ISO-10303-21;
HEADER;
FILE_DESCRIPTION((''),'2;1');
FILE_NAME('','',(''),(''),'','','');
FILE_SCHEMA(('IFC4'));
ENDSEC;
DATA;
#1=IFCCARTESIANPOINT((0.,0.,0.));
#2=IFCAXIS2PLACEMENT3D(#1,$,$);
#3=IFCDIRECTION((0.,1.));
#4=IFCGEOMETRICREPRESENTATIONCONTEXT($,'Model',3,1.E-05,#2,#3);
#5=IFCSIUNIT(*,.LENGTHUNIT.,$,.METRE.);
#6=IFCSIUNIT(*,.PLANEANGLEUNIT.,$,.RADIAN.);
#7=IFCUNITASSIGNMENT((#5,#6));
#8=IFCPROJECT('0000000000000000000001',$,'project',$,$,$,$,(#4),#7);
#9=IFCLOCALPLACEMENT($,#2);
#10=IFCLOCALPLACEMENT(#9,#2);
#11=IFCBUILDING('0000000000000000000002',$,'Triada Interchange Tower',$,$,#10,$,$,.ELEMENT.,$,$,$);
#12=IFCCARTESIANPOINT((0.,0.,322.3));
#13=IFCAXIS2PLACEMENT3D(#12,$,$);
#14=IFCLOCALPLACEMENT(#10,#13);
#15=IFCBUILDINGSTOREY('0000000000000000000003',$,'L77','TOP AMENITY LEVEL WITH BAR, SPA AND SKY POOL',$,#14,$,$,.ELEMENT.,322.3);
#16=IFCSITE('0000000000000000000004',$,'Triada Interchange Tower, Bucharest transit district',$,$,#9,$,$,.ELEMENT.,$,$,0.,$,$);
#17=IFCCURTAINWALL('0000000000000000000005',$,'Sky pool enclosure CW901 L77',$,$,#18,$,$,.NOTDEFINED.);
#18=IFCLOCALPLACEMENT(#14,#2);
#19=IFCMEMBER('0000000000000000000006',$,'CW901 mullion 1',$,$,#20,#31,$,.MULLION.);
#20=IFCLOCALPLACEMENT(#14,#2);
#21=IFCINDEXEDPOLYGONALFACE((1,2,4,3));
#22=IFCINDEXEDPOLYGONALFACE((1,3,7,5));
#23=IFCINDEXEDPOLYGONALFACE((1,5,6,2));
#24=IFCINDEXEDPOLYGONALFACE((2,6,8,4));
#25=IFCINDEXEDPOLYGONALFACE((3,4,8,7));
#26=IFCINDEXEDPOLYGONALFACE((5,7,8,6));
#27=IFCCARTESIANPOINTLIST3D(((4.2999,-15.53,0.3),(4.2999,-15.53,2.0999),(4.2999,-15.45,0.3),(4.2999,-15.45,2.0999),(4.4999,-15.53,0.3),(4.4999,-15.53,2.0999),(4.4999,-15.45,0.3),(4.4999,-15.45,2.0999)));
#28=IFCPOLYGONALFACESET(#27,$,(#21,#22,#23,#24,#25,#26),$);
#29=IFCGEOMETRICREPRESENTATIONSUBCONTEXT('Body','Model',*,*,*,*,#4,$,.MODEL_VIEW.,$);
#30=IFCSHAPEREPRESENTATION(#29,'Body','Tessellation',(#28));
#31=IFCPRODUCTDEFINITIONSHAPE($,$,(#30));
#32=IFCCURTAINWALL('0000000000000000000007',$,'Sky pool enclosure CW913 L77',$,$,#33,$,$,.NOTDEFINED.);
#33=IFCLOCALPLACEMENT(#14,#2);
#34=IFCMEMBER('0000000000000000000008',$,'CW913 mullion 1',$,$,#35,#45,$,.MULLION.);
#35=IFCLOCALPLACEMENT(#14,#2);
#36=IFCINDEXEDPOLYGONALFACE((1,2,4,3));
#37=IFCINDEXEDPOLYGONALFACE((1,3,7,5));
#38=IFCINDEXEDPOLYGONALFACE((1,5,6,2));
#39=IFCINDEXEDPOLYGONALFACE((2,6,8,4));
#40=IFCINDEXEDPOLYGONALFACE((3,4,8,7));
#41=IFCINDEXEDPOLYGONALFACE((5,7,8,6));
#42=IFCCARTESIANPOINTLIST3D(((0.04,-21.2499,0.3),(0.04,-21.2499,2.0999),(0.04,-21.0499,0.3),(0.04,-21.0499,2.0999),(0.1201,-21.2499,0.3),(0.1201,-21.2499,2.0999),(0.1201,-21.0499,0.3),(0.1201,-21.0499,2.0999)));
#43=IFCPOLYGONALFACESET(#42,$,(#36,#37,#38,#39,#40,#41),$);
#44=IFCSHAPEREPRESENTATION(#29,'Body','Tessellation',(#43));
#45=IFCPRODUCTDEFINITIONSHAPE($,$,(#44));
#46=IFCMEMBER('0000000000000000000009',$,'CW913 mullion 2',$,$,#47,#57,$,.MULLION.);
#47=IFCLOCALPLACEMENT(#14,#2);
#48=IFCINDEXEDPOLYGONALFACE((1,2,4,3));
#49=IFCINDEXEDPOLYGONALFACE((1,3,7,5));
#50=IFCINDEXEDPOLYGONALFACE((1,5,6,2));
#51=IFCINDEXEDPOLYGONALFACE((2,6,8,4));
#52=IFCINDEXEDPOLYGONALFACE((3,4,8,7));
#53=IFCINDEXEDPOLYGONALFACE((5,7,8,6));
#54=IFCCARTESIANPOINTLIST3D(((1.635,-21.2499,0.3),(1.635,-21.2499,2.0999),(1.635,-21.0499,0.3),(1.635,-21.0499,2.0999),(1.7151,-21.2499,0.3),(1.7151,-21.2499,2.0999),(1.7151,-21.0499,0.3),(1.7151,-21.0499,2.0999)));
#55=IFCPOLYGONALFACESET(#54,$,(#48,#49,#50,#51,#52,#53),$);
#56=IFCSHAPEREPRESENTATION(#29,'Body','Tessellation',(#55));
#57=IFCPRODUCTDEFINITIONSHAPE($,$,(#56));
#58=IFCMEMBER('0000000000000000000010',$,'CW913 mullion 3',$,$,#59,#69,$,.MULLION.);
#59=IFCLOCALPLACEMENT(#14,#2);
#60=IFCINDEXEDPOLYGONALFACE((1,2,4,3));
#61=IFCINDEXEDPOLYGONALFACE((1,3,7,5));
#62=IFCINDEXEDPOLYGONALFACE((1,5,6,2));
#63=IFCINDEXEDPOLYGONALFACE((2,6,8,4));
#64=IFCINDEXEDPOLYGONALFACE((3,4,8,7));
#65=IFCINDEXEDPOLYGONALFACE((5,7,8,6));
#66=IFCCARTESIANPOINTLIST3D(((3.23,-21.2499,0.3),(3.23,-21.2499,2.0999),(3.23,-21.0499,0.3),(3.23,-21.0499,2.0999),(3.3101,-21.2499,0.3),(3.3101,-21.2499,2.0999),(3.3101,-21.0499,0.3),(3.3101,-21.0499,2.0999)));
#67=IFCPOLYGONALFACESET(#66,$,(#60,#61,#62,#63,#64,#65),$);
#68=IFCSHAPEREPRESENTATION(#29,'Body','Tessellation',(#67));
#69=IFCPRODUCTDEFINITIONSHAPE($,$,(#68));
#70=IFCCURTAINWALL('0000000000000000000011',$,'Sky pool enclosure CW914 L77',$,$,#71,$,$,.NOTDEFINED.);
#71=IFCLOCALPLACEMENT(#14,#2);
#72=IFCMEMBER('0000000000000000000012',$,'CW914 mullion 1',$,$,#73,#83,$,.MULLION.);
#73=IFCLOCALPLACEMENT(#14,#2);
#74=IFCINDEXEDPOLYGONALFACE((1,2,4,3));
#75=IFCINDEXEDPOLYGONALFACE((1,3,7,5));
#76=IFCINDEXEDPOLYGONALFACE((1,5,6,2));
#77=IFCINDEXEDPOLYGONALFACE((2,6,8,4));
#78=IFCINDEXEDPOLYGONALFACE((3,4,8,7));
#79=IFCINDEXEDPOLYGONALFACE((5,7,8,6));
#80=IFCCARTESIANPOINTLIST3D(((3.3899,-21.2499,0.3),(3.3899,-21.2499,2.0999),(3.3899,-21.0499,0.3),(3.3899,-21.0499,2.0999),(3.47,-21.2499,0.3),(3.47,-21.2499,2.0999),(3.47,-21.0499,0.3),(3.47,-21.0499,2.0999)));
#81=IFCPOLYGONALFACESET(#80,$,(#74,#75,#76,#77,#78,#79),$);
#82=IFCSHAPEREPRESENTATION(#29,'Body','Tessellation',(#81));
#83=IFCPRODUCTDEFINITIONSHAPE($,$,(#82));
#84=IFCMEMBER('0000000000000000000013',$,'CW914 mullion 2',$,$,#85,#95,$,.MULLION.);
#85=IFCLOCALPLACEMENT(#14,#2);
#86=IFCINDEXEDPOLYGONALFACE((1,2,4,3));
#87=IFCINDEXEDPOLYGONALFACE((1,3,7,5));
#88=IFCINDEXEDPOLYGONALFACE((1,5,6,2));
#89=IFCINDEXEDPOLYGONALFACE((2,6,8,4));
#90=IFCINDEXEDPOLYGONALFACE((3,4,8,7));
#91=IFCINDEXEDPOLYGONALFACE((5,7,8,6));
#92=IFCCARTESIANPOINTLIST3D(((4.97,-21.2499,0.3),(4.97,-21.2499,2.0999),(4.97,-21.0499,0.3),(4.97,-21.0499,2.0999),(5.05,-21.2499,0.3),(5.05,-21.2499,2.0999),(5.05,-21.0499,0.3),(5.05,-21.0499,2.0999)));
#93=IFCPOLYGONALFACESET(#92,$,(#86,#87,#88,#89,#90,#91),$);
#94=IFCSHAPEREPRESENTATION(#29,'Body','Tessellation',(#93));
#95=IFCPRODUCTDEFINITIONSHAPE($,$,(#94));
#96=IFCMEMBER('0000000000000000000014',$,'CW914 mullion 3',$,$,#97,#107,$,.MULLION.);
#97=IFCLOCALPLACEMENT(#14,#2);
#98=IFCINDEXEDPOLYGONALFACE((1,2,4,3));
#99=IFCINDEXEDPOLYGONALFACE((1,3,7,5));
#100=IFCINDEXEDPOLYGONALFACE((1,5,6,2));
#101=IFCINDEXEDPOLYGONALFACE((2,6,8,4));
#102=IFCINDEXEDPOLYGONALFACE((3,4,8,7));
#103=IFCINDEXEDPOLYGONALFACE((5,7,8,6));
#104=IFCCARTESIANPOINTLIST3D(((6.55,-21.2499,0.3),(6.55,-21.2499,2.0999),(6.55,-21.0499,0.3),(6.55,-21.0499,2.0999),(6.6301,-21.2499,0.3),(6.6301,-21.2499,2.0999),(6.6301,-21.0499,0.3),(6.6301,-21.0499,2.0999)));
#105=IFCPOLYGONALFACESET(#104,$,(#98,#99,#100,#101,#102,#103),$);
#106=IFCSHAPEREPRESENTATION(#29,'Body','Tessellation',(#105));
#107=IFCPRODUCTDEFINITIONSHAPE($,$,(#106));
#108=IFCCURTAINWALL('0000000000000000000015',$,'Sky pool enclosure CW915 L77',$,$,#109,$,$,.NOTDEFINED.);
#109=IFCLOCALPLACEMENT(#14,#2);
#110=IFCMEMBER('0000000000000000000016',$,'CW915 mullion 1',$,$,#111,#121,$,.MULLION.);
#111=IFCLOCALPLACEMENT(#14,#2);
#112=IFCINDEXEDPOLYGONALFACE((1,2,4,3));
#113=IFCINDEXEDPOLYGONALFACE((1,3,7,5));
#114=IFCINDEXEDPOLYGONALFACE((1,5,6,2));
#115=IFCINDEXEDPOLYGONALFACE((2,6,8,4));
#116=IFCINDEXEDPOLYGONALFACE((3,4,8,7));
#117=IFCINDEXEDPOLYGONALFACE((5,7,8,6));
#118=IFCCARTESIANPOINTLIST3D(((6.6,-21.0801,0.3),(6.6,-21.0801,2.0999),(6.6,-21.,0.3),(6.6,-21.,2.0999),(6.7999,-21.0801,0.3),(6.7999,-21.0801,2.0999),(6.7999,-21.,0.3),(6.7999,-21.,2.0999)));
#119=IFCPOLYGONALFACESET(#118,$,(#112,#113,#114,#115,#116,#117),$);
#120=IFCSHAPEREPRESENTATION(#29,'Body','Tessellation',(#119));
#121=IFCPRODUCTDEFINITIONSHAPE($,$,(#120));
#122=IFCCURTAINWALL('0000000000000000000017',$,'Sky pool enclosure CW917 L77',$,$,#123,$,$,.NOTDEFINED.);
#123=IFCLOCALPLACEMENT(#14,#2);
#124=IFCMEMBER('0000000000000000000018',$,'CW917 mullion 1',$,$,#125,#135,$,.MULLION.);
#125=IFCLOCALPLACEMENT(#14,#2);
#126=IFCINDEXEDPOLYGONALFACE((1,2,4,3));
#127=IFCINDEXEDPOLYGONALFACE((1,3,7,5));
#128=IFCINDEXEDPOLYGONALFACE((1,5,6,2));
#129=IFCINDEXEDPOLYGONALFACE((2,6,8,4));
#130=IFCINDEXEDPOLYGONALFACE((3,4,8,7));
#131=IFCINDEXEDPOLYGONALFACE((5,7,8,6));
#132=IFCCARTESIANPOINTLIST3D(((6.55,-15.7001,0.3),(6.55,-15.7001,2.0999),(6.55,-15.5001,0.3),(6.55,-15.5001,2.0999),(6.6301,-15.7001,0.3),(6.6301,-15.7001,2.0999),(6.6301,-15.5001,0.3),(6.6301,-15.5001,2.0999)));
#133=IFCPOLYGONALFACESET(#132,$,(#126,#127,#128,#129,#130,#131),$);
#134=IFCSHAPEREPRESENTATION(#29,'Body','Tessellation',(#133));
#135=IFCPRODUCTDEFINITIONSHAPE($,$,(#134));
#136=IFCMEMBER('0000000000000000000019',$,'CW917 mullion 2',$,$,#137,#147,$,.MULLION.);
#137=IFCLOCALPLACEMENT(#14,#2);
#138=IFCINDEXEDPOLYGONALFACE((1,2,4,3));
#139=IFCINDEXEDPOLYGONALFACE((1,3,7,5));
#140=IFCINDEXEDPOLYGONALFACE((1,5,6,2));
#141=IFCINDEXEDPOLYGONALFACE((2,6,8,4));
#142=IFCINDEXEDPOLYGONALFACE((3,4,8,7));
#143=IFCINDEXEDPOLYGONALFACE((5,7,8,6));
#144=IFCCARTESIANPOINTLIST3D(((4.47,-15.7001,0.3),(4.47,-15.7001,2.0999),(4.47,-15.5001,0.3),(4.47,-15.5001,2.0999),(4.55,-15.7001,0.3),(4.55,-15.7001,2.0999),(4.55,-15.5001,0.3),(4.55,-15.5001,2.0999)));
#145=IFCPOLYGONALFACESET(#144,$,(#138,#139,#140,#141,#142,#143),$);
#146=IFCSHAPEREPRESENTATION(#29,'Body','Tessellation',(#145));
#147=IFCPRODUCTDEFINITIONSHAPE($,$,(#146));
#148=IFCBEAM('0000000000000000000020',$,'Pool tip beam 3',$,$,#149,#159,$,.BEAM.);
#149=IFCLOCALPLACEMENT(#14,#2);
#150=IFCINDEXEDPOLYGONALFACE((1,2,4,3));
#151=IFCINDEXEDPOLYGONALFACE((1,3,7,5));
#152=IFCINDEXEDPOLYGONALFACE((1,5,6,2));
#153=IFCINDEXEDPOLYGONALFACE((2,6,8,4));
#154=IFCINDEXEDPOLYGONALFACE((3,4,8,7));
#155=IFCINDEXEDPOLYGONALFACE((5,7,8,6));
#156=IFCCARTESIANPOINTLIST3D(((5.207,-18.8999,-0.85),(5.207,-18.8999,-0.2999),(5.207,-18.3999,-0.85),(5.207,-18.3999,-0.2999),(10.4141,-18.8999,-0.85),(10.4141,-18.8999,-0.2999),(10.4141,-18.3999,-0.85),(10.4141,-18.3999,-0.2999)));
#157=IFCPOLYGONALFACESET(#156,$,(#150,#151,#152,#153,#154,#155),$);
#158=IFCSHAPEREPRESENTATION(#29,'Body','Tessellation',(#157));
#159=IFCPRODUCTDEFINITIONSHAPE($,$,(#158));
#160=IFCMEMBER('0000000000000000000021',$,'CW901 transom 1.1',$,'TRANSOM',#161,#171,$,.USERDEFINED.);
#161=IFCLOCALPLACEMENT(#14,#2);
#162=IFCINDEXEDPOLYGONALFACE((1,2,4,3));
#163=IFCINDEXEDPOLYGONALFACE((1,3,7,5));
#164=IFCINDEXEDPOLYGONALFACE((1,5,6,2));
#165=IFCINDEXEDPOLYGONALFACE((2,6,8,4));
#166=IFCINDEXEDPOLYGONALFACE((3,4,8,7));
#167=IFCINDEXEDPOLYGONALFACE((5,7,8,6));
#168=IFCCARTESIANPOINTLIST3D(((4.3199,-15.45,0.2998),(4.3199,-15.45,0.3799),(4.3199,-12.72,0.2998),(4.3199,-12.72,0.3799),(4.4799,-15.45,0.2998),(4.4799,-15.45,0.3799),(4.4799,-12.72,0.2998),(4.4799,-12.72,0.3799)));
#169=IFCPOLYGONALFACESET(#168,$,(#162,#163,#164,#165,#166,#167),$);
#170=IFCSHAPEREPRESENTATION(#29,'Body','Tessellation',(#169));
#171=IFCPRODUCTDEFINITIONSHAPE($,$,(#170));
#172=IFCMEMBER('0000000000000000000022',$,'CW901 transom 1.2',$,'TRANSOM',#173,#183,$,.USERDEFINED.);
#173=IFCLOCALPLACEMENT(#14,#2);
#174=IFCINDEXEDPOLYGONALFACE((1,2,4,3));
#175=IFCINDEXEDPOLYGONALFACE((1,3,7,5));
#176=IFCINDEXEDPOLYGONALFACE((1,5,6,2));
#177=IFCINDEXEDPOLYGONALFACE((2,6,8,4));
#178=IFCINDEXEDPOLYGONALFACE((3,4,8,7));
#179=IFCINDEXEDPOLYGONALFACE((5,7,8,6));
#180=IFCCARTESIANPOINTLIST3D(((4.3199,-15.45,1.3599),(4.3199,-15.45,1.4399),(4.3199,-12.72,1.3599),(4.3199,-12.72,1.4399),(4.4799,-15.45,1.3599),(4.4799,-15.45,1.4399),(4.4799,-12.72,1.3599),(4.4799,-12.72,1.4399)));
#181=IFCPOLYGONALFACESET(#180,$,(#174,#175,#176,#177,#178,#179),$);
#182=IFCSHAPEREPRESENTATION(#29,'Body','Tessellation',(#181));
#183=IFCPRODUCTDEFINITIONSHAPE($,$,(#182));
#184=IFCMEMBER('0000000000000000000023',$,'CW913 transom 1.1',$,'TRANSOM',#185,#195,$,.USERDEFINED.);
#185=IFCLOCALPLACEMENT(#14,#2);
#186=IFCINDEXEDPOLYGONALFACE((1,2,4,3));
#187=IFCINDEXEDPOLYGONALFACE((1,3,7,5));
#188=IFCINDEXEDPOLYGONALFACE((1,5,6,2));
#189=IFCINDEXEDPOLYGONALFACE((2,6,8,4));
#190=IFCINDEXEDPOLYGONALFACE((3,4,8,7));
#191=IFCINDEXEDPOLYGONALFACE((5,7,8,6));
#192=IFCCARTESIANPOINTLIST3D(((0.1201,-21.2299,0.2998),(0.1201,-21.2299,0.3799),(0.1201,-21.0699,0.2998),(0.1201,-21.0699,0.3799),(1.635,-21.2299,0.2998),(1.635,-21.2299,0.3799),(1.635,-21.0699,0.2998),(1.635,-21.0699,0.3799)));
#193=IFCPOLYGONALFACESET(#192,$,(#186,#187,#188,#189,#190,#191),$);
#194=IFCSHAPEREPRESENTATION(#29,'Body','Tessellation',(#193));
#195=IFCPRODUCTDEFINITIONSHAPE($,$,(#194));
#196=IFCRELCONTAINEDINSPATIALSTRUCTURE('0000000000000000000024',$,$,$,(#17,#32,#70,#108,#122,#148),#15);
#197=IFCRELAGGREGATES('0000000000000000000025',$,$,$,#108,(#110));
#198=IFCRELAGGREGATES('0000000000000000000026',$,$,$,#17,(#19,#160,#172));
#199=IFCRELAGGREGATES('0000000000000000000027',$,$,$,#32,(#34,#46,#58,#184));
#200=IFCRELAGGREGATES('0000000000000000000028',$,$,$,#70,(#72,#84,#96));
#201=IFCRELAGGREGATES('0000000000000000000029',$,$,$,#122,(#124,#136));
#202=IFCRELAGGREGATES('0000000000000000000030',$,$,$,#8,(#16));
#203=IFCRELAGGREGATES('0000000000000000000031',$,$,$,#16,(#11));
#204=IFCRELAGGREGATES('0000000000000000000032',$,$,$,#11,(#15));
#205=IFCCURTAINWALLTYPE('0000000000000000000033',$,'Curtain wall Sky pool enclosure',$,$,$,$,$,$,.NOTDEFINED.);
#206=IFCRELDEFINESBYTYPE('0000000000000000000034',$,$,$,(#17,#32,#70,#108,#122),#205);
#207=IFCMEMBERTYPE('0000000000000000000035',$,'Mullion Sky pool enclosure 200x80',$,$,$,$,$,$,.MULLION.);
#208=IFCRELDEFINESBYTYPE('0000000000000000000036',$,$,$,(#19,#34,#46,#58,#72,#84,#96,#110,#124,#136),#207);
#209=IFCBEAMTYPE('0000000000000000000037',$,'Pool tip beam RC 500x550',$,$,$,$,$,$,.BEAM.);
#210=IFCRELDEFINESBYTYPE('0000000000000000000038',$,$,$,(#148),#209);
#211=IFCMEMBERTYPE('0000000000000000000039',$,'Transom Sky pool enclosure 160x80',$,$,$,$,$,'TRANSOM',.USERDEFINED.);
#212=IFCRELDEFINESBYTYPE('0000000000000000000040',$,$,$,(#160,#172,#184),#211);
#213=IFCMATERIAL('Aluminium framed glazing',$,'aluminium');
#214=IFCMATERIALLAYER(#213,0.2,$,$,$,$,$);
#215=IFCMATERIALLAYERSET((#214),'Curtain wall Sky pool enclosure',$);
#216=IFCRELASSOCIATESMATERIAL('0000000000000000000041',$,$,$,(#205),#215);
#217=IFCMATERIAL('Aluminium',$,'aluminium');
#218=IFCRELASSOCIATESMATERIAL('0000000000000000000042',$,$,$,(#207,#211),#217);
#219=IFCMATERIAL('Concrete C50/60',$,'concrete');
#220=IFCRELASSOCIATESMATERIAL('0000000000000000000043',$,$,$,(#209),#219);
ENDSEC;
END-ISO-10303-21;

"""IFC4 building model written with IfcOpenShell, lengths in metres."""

from ifc_helpers import new_model, si_unit, direction, frame, origin, origin_2d, place, context, subcontext, project, spatial, rectangle, extrude, material, layer, layer_set, material_profile, profile_set, type_object, element, aggregate, save


model = new_model("IFC4")

# Units and contexts
model_context = context("Model", 3, precision=1e-05, world=origin(), true_north=direction((0.0, 1.0)))
body_context = subcontext(model_context, "Body", "Model", "MODEL_VIEW")
ifc_project = project(units=[si_unit("LENGTHUNIT", "METRE"), si_unit("PLANEANGLEUNIT", "RADIAN")], contexts=[model_context])

# Site, building, storey
site_placement = place(None, origin())
site = spatial("IfcSite", under=ifc_project, at=site_placement, Name="Triada Interchange Tower, Bucharest transit district", CompositionType="ELEMENT", RefElevation=0.0)
building_placement = place(site_placement, origin())
building = spatial("IfcBuilding", under=site, at=building_placement, Name="Triada Interchange Tower", CompositionType="ELEMENT")
storey_placement = place(building_placement, frame((0.0, 0.0, 322.3)))
storey = spatial("IfcBuildingStorey", under=building, at=storey_placement, Name="L77", Description="TOP AMENITY LEVEL WITH BAR, SPA AND SKY POOL", CompositionType="ELEMENT", Elevation=322.3)

# Curtain wall, member
ifc_material_1 = material(Name="Aluminium framed glazing", Category="aluminium")
ifc_layer_1 = layer(ifc_material_1, 0.2)
ifc_layer_set_1 = layer_set([ifc_layer_1], Name="Curtain wall Sky pool enclosure")
curtain_wall_type = type_object("IfcCurtainWallType", Name="Curtain wall Sky pool enclosure", PredefinedType="NOTDEFINED", material=ifc_layer_set_1)
curtain_wall_1_placement = place(storey_placement, origin())
curtain_wall_1 = element("IfcCurtainWall", 1, at=curtain_wall_1_placement, inside=storey, type_object=curtain_wall_type, Name="Sky pool enclosure CW901 L77", PredefinedType="NOTDEFINED")
ifc_material_2 = material(Name="Aluminium", Category="aluminium")
ifc_material_profile_1 = material_profile(ifc_material_2, rectangle(XDim=0.2, YDim=0.0801, at=origin_2d()), Name="Aluminium mullion")
ifc_profile_set_1 = profile_set([ifc_material_profile_1], Name="Aluminium")
member_type_1 = type_object("IfcMemberType", Name="Mullion Sky pool enclosure 200x80", PredefinedType="MULLION", material=ifc_profile_set_1)
member_1_placement = place(storey_placement, frame((4.3999, -15.49, 0.3), z_axis=(0.0, 0.0, 1.0), x_axis=(-1.0, 0.0, 0.0)))
member_1 = element("IfcMember", 2, at=member_1_placement, type_object=member_type_1, Name="CW901 mullion 1", PredefinedType="MULLION", context=body_context, shape_type="SweptSolid", body=[
    extrude(rectangle(XDim=0.2, YDim=0.0801, at=origin_2d()), origin(), (0.0, 0.0, 1.0), 1.7998),
])

# Curtain walls, members
curtain_wall_2_placement = place(storey_placement, origin())
curtain_wall_2 = element("IfcCurtainWall", 3, at=curtain_wall_2_placement, inside=storey, type_object=curtain_wall_type, Name="Sky pool enclosure CW913 L77", PredefinedType="NOTDEFINED")
member_2_placement = place(storey_placement, frame((0.0801, -21.1499, 0.3), z_axis=(0.0, 0.0, 1.0), x_axis=(0.0, 1.0, 0.0)))
member_2 = element("IfcMember", 4, at=member_2_placement, type_object=member_type_1, Name="CW913 mullion 1", PredefinedType="MULLION", context=body_context, shape_type="SweptSolid", body=[
    extrude(rectangle(XDim=0.2, YDim=0.0801, at=origin_2d()), origin(), (0.0, 0.0, 1.0), 1.7998),
])
member_3_placement = place(storey_placement, frame((1.675, -21.1499, 0.3), z_axis=(0.0, 0.0, 1.0), x_axis=(0.0, 1.0, 0.0)))
member_3 = element("IfcMember", 5, at=member_3_placement, type_object=member_type_1, Name="CW913 mullion 2", PredefinedType="MULLION", context=body_context, shape_type="SweptSolid", body=[
    extrude(rectangle(XDim=0.2, YDim=0.0801, at=origin_2d()), origin(), (0.0, 0.0, 1.0), 1.7998),
])
member_4_placement = place(storey_placement, frame((3.27, -21.1499, 0.3), z_axis=(0.0, 0.0, 1.0), x_axis=(0.0, 1.0, 0.0)))
member_4 = element("IfcMember", 6, at=member_4_placement, type_object=member_type_1, Name="CW913 mullion 3", PredefinedType="MULLION", context=body_context, shape_type="SweptSolid", body=[
    extrude(rectangle(XDim=0.2, YDim=0.0801, at=origin_2d()), origin(), (0.0, 0.0, 1.0), 1.7998),
])
curtain_wall_3_placement = place(storey_placement, origin())
curtain_wall_3 = element("IfcCurtainWall", 7, at=curtain_wall_3_placement, inside=storey, type_object=curtain_wall_type, Name="Sky pool enclosure CW914 L77", PredefinedType="NOTDEFINED")
member_5_placement = place(storey_placement, frame((3.4299, -21.1499, 0.3), z_axis=(0.0, 0.0, 1.0), x_axis=(0.0, 1.0, 0.0)))
member_5 = element("IfcMember", 8, at=member_5_placement, type_object=member_type_1, Name="CW914 mullion 1", PredefinedType="MULLION", context=body_context, shape_type="SweptSolid", body=[
    extrude(rectangle(XDim=0.2, YDim=0.0801, at=origin_2d()), origin(), (0.0, 0.0, 1.0), 1.7998),
])
member_6_placement = place(storey_placement, frame((5.01, -21.1499, 0.3), z_axis=(0.0, 0.0, 1.0), x_axis=(0.0, 1.0, 0.0)))
member_6 = element("IfcMember", 9, at=member_6_placement, type_object=member_type_1, Name="CW914 mullion 2", PredefinedType="MULLION", context=body_context, shape_type="SweptSolid", body=[
    extrude(rectangle(XDim=0.2, YDim=0.0801, at=origin_2d()), origin(), (0.0, 0.0, 1.0), 1.7998),
])
member_7_placement = place(storey_placement, frame((6.5901, -21.1499, 0.3), z_axis=(0.0, 0.0, 1.0), x_axis=(0.0, 1.0, 0.0)))
member_7 = element("IfcMember", 10, at=member_7_placement, type_object=member_type_1, Name="CW914 mullion 3", PredefinedType="MULLION", context=body_context, shape_type="SweptSolid", body=[
    extrude(rectangle(XDim=0.2, YDim=0.0801, at=origin_2d()), origin(), (0.0, 0.0, 1.0), 1.7998),
])

# Curtain wall, member
curtain_wall_4_placement = place(storey_placement, origin())
curtain_wall_4 = element("IfcCurtainWall", 11, at=curtain_wall_4_placement, inside=storey, type_object=curtain_wall_type, Name="Sky pool enclosure CW915 L77", PredefinedType="NOTDEFINED")
member_8_placement = place(storey_placement, frame((6.7, -21.04, 0.3), z_axis=(0.0, 0.0, 1.0), x_axis=(-1.0, 0.0, 0.0)))
member_8 = element("IfcMember", 12, at=member_8_placement, type_object=member_type_1, Name="CW915 mullion 1", PredefinedType="MULLION", context=body_context, shape_type="SweptSolid", body=[
    extrude(rectangle(XDim=0.2, YDim=0.0801, at=origin_2d()), origin(), (0.0, 0.0, 1.0), 1.7998),
])
aggregate(curtain_wall_4, [member_8])

# Curtain wall, members
curtain_wall_5_placement = place(storey_placement, origin())
curtain_wall_5 = element("IfcCurtainWall", 13, at=curtain_wall_5_placement, inside=storey, type_object=curtain_wall_type, Name="Sky pool enclosure CW917 L77", PredefinedType="NOTDEFINED")
member_9_placement = place(storey_placement, frame((6.5901, -15.6001, 0.3), z_axis=(0.0, 0.0, 1.0), x_axis=(0.0, -1.0, 0.0)))
member_9 = element("IfcMember", 14, at=member_9_placement, type_object=member_type_1, Name="CW917 mullion 1", PredefinedType="MULLION", context=body_context, shape_type="SweptSolid", body=[
    extrude(rectangle(XDim=0.2, YDim=0.0801, at=origin_2d()), origin(), (0.0, 0.0, 1.0), 1.7998),
])
member_10_placement = place(storey_placement, frame((4.51, -15.6001, 0.3), z_axis=(0.0, 0.0, 1.0), x_axis=(0.0, -1.0, 0.0)))
member_10 = element("IfcMember", 15, at=member_10_placement, type_object=member_type_1, Name="CW917 mullion 2", PredefinedType="MULLION", context=body_context, shape_type="SweptSolid", body=[
    extrude(rectangle(XDim=0.2, YDim=0.0801, at=origin_2d()), origin(), (0.0, 0.0, 1.0), 1.7998),
])

# Beam
ifc_material_3 = material(Name="Concrete C50/60", Category="concrete")
ifc_material_profile_2 = material_profile(ifc_material_3, rectangle(XDim=0.5, YDim=0.55, at=origin_2d()), Name="RC 500x550")
ifc_profile_set_2 = profile_set([ifc_material_profile_2], Name="Concrete C50/60")
beam_type = type_object("IfcBeamType", Name="Pool tip beam RC 500x550", PredefinedType="BEAM", material=ifc_profile_set_2)
beam_placement = place(storey_placement, frame((5.207, -18.6499, -0.575), z_axis=(1.0, 0.0, 0.0), x_axis=(0.0, 1.0, 0.0)))
element("IfcBeam", 16, at=beam_placement, inside=storey, type_object=beam_type, Name="Pool tip beam 3", PredefinedType="BEAM", context=body_context, shape_type="SweptSolid", body=[
    extrude(rectangle(XDim=0.5, YDim=0.55, at=origin_2d()), origin(), (0.0, 0.0, 1.0), 5.207),
])

# Members
ifc_material_profile_3 = material_profile(ifc_material_2, rectangle(XDim=0.1599, YDim=0.0801, at=origin_2d()), Name="Aluminium transom")
ifc_profile_set_3 = profile_set([ifc_material_profile_3], Name="Aluminium")
member_type_2 = type_object("IfcMemberType", Name="Transom Sky pool enclosure 160x80", ElementType="TRANSOM", PredefinedType="USERDEFINED", material=ifc_profile_set_3)
member_11_placement = place(storey_placement, frame((4.3999, -15.45, 0.3398), z_axis=(0.0, 1.0, 0.0), x_axis=(-1.0, 0.0, 0.0)))
member_11 = element("IfcMember", 17, at=member_11_placement, type_object=member_type_2, Name="CW901 transom 1.1", ObjectType="TRANSOM", PredefinedType="USERDEFINED", context=body_context, shape_type="SweptSolid", body=[
    extrude(rectangle(XDim=0.1599, YDim=0.0801, at=origin_2d()), origin(), (0.0, 0.0, 1.0), 2.73),
])
member_12_placement = place(storey_placement, frame((4.3999, -15.45, 1.3999), z_axis=(0.0, 1.0, 0.0), x_axis=(-1.0, 0.0, 0.0)))
member_12 = element("IfcMember", 18, at=member_12_placement, type_object=member_type_2, Name="CW901 transom 1.2", ObjectType="TRANSOM", PredefinedType="USERDEFINED", context=body_context, shape_type="SweptSolid", body=[
    extrude(rectangle(XDim=0.1599, YDim=0.0801, at=origin_2d()), origin(), (0.0, 0.0, 1.0), 2.73),
])
aggregate(curtain_wall_1, [member_1, member_11, member_12])
member_13_placement = place(storey_placement, frame((0.1201, -21.1499, 0.3398), z_axis=(1.0, 0.0, 0.0), x_axis=(0.0, 1.0, 0.0)))
member_13 = element("IfcMember", 19, at=member_13_placement, type_object=member_type_2, Name="CW913 transom 1.1", ObjectType="TRANSOM", PredefinedType="USERDEFINED", context=body_context, shape_type="SweptSolid", body=[
    extrude(rectangle(XDim=0.1599, YDim=0.0801, at=origin_2d()), origin(), (0.0, 0.0, 1.0), 1.5149),
])

aggregate(curtain_wall_2, [member_2, member_3, member_4, member_13])
aggregate(curtain_wall_3, [member_5, member_6, member_7])
aggregate(curtain_wall_5, [member_9, member_10])

save(model, "model.ifc")
